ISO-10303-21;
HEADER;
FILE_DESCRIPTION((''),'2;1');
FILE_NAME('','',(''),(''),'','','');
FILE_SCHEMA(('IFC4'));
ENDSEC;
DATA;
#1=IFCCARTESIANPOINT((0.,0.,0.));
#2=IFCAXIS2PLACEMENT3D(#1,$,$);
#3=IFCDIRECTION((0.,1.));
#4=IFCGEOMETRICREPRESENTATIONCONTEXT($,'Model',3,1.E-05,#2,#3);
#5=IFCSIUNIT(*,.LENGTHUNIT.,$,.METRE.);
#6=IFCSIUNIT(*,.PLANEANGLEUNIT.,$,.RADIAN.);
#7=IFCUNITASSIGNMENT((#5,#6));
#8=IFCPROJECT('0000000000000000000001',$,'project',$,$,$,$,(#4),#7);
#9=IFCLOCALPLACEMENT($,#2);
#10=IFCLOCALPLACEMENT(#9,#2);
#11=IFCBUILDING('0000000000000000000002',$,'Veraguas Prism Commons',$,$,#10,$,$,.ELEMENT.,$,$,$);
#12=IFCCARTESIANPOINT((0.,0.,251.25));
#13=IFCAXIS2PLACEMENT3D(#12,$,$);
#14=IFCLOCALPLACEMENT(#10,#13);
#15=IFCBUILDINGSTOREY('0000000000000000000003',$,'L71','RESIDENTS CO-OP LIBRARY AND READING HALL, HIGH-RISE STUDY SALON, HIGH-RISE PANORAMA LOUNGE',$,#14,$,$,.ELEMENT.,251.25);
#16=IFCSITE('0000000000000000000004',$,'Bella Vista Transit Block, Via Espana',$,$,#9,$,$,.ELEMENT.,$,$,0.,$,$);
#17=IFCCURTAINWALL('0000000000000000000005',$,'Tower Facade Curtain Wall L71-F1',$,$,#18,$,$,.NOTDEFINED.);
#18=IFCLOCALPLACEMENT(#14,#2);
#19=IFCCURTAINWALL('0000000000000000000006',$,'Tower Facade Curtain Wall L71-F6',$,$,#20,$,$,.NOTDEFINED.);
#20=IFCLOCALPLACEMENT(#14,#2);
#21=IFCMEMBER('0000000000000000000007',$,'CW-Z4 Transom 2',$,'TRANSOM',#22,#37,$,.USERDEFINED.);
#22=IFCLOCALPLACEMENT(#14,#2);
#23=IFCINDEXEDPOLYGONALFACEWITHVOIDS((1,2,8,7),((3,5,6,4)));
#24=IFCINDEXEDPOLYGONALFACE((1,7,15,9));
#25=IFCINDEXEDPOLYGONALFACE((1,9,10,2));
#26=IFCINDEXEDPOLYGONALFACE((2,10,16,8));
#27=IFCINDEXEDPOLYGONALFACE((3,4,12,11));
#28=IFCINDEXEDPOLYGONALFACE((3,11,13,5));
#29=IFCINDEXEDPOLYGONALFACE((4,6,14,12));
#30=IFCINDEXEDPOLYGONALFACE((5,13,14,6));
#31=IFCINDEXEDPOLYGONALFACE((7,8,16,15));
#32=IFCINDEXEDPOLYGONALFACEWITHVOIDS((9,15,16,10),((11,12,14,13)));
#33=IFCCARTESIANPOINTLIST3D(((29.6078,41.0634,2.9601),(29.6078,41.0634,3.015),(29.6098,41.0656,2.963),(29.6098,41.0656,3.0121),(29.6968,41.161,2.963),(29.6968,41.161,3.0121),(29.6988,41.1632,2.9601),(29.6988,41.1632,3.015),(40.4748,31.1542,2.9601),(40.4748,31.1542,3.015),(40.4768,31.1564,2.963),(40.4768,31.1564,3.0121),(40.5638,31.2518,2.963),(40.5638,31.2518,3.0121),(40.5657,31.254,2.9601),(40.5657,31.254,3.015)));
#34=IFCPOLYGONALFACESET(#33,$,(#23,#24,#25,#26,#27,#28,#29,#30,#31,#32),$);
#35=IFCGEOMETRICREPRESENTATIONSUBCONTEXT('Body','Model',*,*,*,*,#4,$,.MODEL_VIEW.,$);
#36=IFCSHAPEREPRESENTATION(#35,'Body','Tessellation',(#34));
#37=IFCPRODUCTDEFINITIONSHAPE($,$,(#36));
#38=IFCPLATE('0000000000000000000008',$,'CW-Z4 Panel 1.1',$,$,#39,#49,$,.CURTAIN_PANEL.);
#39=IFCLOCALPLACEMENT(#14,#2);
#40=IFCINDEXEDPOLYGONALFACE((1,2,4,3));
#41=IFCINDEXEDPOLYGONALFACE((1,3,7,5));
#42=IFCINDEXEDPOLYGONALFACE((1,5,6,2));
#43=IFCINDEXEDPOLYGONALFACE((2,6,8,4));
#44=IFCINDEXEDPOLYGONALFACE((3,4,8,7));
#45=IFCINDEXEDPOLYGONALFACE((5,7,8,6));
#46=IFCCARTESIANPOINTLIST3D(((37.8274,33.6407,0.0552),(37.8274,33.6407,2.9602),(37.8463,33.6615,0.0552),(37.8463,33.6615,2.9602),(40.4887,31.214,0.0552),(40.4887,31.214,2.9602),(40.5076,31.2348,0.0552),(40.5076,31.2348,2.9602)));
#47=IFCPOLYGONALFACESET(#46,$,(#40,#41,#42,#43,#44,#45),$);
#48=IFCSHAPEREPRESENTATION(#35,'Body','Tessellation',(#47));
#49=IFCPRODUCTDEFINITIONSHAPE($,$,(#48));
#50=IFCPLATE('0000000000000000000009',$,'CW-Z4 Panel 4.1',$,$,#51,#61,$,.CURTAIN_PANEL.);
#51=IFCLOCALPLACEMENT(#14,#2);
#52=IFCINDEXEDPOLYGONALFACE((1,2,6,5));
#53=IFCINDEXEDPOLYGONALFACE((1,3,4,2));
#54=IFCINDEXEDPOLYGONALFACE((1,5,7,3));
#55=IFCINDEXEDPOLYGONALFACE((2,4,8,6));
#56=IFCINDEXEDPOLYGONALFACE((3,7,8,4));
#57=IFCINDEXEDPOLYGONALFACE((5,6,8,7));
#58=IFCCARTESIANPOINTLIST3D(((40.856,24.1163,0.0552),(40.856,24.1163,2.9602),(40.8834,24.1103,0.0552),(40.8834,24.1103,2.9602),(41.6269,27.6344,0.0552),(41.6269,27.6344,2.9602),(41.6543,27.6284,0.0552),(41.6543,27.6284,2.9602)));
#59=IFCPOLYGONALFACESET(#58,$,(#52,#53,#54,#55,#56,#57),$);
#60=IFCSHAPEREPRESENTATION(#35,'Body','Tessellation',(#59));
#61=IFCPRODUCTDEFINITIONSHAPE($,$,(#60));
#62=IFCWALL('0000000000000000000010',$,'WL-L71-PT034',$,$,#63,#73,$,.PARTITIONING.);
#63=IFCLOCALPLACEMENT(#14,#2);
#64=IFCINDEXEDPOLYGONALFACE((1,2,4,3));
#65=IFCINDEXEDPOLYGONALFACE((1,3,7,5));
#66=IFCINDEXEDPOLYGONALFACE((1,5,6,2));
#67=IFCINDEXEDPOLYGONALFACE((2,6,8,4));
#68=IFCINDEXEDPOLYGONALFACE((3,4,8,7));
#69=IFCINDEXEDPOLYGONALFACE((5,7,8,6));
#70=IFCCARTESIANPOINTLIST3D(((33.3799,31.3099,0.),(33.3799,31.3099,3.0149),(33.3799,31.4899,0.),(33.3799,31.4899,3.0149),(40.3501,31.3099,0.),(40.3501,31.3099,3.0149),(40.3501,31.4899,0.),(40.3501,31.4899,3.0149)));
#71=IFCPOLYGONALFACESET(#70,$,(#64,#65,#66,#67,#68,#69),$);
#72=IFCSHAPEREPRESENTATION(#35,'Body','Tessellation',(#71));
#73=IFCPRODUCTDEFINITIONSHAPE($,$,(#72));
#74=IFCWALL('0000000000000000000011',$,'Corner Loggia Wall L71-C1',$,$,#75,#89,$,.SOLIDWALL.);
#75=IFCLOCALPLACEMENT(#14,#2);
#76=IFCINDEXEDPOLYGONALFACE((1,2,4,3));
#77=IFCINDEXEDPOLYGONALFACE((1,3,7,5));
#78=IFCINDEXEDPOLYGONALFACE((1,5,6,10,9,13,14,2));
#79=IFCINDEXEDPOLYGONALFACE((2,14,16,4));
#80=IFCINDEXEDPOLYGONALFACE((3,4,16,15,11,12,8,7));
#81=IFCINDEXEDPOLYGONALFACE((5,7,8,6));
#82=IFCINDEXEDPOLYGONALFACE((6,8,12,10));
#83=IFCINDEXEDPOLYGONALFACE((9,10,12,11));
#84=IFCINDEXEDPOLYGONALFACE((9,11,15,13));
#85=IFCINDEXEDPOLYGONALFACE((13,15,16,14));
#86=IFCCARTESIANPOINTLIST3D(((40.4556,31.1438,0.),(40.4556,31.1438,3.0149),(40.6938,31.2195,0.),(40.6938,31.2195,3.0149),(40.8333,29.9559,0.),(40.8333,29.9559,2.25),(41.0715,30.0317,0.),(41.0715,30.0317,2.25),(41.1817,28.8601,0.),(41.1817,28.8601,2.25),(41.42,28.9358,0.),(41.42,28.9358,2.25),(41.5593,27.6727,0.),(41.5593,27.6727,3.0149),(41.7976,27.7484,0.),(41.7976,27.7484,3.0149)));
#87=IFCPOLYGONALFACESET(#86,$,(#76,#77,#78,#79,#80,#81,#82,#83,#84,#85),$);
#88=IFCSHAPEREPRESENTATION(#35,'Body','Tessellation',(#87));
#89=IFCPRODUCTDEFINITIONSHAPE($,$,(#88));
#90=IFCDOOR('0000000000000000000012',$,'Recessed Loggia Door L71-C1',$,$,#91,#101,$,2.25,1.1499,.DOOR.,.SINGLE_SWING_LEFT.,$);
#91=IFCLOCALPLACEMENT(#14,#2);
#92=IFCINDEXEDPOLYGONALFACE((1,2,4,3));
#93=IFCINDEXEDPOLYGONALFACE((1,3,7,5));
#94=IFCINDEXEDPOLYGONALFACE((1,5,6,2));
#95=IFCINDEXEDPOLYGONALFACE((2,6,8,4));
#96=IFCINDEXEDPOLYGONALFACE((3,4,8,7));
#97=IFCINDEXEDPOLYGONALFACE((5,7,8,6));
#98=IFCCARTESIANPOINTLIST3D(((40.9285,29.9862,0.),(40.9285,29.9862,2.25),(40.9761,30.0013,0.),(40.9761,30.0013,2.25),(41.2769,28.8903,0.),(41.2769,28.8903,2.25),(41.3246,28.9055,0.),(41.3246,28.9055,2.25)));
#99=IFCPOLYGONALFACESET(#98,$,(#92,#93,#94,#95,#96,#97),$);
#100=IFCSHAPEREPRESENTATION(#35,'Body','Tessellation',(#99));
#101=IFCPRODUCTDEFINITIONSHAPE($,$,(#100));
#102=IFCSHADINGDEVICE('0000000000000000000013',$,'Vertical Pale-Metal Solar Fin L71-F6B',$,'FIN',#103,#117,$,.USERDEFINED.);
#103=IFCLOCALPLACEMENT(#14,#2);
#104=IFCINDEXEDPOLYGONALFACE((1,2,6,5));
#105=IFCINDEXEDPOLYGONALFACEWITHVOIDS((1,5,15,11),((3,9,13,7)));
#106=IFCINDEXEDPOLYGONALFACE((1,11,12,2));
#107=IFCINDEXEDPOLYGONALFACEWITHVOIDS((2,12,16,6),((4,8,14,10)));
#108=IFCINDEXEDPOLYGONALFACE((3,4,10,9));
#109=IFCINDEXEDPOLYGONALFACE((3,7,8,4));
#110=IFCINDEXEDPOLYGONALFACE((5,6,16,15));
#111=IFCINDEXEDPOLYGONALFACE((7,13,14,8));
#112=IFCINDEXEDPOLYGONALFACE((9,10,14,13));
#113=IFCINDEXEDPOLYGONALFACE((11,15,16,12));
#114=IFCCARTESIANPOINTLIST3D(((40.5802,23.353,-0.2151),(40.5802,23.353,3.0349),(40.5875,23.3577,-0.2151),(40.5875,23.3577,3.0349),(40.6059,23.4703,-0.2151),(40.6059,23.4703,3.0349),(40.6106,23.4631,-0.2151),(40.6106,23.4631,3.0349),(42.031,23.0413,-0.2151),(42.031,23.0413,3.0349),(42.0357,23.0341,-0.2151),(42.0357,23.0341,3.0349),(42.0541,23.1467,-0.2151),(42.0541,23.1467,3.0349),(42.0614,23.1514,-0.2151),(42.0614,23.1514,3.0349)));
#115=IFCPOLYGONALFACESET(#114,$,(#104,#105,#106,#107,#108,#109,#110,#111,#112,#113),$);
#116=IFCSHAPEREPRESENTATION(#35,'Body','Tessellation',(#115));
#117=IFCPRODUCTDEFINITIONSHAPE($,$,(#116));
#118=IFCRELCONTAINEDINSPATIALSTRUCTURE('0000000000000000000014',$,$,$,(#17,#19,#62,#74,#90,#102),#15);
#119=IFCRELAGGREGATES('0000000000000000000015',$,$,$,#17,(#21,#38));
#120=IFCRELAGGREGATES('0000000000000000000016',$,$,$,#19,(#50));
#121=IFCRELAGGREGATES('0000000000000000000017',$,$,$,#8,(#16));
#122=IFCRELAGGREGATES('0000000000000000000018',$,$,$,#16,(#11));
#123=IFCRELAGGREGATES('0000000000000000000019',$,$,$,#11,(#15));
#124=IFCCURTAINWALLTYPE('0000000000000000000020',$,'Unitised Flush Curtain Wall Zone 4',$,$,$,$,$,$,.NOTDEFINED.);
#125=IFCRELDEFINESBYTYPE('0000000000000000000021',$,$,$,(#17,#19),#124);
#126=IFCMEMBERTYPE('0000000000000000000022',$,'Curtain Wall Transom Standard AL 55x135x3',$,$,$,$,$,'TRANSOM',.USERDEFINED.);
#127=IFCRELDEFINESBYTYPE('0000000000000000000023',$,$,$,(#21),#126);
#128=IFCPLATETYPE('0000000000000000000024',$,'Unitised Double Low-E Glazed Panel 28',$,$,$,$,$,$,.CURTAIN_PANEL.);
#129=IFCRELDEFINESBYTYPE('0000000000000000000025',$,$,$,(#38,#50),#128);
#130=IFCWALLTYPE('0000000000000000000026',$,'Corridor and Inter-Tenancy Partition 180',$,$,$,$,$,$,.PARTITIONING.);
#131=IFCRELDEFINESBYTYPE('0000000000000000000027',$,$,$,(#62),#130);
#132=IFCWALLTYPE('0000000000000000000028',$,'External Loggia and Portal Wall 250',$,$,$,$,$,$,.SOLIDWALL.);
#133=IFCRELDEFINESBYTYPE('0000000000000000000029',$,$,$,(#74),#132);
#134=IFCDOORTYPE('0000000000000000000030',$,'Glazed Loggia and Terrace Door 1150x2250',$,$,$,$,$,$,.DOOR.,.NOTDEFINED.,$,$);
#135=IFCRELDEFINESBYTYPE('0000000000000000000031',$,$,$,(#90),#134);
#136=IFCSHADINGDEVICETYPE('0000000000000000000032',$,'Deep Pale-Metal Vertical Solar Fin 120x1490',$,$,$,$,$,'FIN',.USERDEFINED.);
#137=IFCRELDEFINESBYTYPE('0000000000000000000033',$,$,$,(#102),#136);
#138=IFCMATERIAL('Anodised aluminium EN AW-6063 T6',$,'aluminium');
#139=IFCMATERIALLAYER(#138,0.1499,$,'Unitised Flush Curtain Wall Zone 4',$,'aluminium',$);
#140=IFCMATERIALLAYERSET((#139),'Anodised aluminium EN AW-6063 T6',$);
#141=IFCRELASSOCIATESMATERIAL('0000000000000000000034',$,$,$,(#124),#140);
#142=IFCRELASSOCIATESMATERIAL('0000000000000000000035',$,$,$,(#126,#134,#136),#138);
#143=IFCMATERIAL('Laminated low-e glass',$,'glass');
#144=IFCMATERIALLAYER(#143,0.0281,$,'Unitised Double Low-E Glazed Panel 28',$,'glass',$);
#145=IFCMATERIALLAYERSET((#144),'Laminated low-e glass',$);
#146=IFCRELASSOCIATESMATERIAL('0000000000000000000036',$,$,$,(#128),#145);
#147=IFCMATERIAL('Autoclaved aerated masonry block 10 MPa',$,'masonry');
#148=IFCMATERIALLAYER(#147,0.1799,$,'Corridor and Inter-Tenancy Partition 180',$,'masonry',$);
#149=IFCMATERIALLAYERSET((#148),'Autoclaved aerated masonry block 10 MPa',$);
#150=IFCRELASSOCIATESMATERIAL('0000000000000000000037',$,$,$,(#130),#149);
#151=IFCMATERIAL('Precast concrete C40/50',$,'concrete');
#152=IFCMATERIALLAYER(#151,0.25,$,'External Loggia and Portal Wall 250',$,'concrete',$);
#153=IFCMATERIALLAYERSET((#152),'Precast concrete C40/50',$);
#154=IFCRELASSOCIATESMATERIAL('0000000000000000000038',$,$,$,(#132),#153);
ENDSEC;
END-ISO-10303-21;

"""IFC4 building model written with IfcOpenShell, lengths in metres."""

from ifc_helpers import new_model, si_unit, direction, frame, frame_2d, origin, origin_2d, place, context, subcontext, project, spatial, rectangle, hollow_rectangle, extrude, source, transform, mapped, material, layer, layer_set, material_profile, profile_set, type_object, element, fill, aggregate, save


model = new_model("IFC4")

# Units and contexts
model_context = context("Model", 3, precision=1e-05, world=origin(), true_north=direction((0.0, 1.0)))
body_context = subcontext(model_context, "Body", "Model", "MODEL_VIEW")
ifc_project = project(units=[si_unit("LENGTHUNIT", "METRE"), si_unit("PLANEANGLEUNIT", "RADIAN")], contexts=[model_context])

# Site, building, storey
site_placement = place(None, origin())
site = spatial("IfcSite", under=ifc_project, at=site_placement, Name="Bella Vista Transit Block, Via Espana", CompositionType="ELEMENT", RefElevation=0.0)
building_placement = place(site_placement, origin())
building = spatial("IfcBuilding", under=site, at=building_placement, Name="Veraguas Prism Commons", CompositionType="ELEMENT")
storey_placement = place(building_placement, frame((0.0, 0.0, 251.25)))
storey = spatial("IfcBuildingStorey", under=building, at=storey_placement, Name="L71", Description="RESIDENTS CO-OP LIBRARY AND READING HALL, HIGH-RISE STUDY SALON, HIGH-RISE PANORAMA LOUNGE", CompositionType="ELEMENT", Elevation=251.25)

# Curtain wall
ifc_material_1 = material(Name="Anodised aluminium EN AW-6063 T6", Category="aluminium")
ifc_layer_1 = layer(ifc_material_1, 0.1499, Name="Unitised Flush Curtain Wall Zone 4", Category="aluminium")
ifc_layer_set_1 = layer_set([ifc_layer_1], Name="Anodised aluminium EN AW-6063 T6")
curtain_wall_type = type_object("IfcCurtainWallType", Name="Unitised Flush Curtain Wall Zone 4", PredefinedType="NOTDEFINED", material=ifc_layer_set_1)
curtain_wall_1_placement = place(storey_placement, origin())
curtain_wall_1 = element("IfcCurtainWall", 1, at=curtain_wall_1_placement, inside=storey, type_object=curtain_wall_type, Name="Tower Facade Curtain Wall L71-F1", PredefinedType="NOTDEFINED")

# Curtain wall
curtain_wall_2_placement = place(storey_placement, origin())
curtain_wall_2 = element("IfcCurtainWall", 2, at=curtain_wall_2_placement, inside=storey, type_object=curtain_wall_type, Name="Tower Facade Curtain Wall L71-F6", PredefinedType="NOTDEFINED")

# Member
ifc_material_profile_1 = material_profile(ifc_material_1, hollow_rectangle(XDim=0.0549, YDim=0.135, WallThickness=0.0029, at=origin_2d()), Name="AL55X135X3")
ifc_profile_set_1 = profile_set([ifc_material_profile_1], Name="Anodised aluminium EN AW-6063 T6")
member_type_1 = type_object("IfcMemberType", Name="Curtain Wall Transom Standard AL 55x135x3", ElementType="TRANSOM", PredefinedType="USERDEFINED", material=ifc_profile_set_1)
shared_shape_1 = source(origin(), body_context, "Body", "SweptSolid", [
    extrude(hollow_rectangle(XDim=0.0549, YDim=0.135, WallThickness=0.0029, at=origin_2d()), origin(), (0.0, 0.0, 1.0), 14.7065),
])
member_1_placement = place(storey_placement, frame((40.5203, 31.2041, 2.9875), z_axis=(-0.738919, 0.673794, 0.0), x_axis=(0.0, 0.0, 1.0)))
member_1 = element("IfcMember", 3, at=member_1_placement, type_object=member_type_1, Name="CW-Z4 Transom 2", ObjectType="TRANSOM", PredefinedType="USERDEFINED", context=body_context, shape_type="MappedRepresentation", body=[
    mapped(shared_shape_1, transform((0.0, 0.0, 0.0), scale=1.0)),
])

# Plates
ifc_material_2 = material(Name="Laminated low-e glass", Category="glass")
ifc_layer_2 = layer(ifc_material_2, 0.0281, Name="Unitised Double Low-E Glazed Panel 28", Category="glass")
ifc_layer_set_2 = layer_set([ifc_layer_2], Name="Laminated low-e glass")
plate_type = type_object("IfcPlateType", Name="Unitised Double Low-E Glazed Panel 28", PredefinedType="CURTAIN_PANEL", material=ifc_layer_set_2)
shared_shape_2 = source(origin(), body_context, "Body", "SweptSolid", [
    extrude(rectangle(XDim=3.6016, YDim=0.0281, at=origin_2d()), origin(), (0.0, 0.0, 1.0), 2.905),
])
plate_1_placement = place(storey_placement, frame((39.1675, 32.4377, 0.0552), z_axis=(0.0, 0.0, 1.0), x_axis=(-0.738926, 0.673787, 0.0)))
plate_1 = element("IfcPlate", 4, at=plate_1_placement, type_object=plate_type, Name="CW-Z4 Panel 1.1", PredefinedType="CURTAIN_PANEL", context=body_context, shape_type="MappedRepresentation", body=[
    mapped(shared_shape_2, transform((0.0, 0.0, 0.0), scale=1.0)),
])
aggregate(curtain_wall_1, [member_1, plate_1])
plate_2_placement = place(storey_placement, frame((41.2551, 25.8723, 0.0552), z_axis=(0.0, 0.0, 1.0), x_axis=(0.214053, 0.976822, 0.0)))
plate_2 = element("IfcPlate", 5, at=plate_2_placement, type_object=plate_type, Name="CW-Z4 Panel 4.1", PredefinedType="CURTAIN_PANEL", context=body_context, shape_type="MappedRepresentation", body=[
    mapped(shared_shape_2, transform((0.0, 0.0, 0.0), scale=1.0)),
])
aggregate(curtain_wall_2, [plate_2])

# Wall
ifc_material_3 = material(Name="Autoclaved aerated masonry block 10 MPa", Category="masonry")
ifc_layer_3 = layer(ifc_material_3, 0.1799, Name="Corridor and Inter-Tenancy Partition 180", Category="masonry")
ifc_layer_set_3 = layer_set([ifc_layer_3], Name="Autoclaved aerated masonry block 10 MPa")
wall_type_1 = type_object("IfcWallType", Name="Corridor and Inter-Tenancy Partition 180", PredefinedType="PARTITIONING", material=ifc_layer_set_3)
wall_1_placement = place(storey_placement, frame((33.3799, 31.3999, 0.0), z_axis=(0.0, 0.0, 1.0), x_axis=(1.0, 0.0, 0.0)))
element("IfcWall", 6, at=wall_1_placement, inside=storey, type_object=wall_type_1, Name="WL-L71-PT034", PredefinedType="PARTITIONING", context=body_context, shape_type="SweptSolid", body=[
    extrude(rectangle(XDim=6.9702, YDim=0.1799, at=frame_2d((3.4851, 0.0))), origin(), (0.0, 0.0, 1.0), 3.0149),
])

# Wall, opening, door
ifc_material_4 = material(Name="Precast concrete C40/50", Category="concrete")
ifc_layer_4 = layer(ifc_material_4, 0.25, Name="External Loggia and Portal Wall 250", Category="concrete")
ifc_layer_set_4 = layer_set([ifc_layer_4], Name="Precast concrete C40/50")
wall_type_2 = type_object("IfcWallType", Name="External Loggia and Portal Wall 250", PredefinedType="SOLIDWALL", material=ifc_layer_set_4)
wall_2_placement = place(storey_placement, frame((41.6785, 27.7104, 0.0), z_axis=(0.0, 0.0, 1.0), x_axis=(-0.303027, 0.952982, 0.0)))
wall_2 = element("IfcWall", 7, at=wall_2_placement, inside=storey, type_object=wall_type_2, Name="Corner Loggia Wall L71-C1", PredefinedType="SOLIDWALL", context=body_context, shape_type="SweptSolid", body=[
    extrude(rectangle(XDim=3.6423, YDim=0.25, at=frame_2d((1.8213, 0.0))), origin(), (0.0, 0.0, 1.0), 3.0149),
])
opening_placement = place(wall_2_placement, frame((1.2461, 0.0, 0.0)))
opening = element("IfcOpeningElement", 8, at=opening_placement, cuts=wall_2, PredefinedType="OPENING", context=body_context, shape_type="SweptSolid", body=[
    extrude(rectangle(XDim=1.1499, YDim=2.25, at=frame_2d((0.575, 1.125))), frame((0.0, 0.135, 0.0), z_axis=(0.0, -1.0, 0.0), x_axis=(1.0, 0.0, 0.0)), (0.0, 0.0, 1.0), 0.27),
])
door_type = type_object("IfcDoorType", Name="Glazed Loggia and Terrace Door 1150x2250", OperationType="NOTDEFINED", PredefinedType="DOOR", material=ifc_material_1)
shared_shape_3 = source(origin(), body_context, "Body", "SweptSolid", [
    extrude(rectangle(XDim=1.1499, YDim=2.25, at=frame_2d((0.575, 1.125))), frame((0.0, 0.0249, 0.0), z_axis=(0.0, -1.0, 0.0), x_axis=(1.0, 0.0, 0.0)), (0.0, 0.0, 1.0), 0.05),
])
door_placement = place(opening_placement, frame((1.1499, 0.0, 0.0), z_axis=(0.0, 0.0, 1.0), x_axis=(-1.0, 0.0, 0.0)))
door = element("IfcDoor", 9, at=door_placement, inside=storey, type_object=door_type, Name="Recessed Loggia Door L71-C1", OperationType="SINGLE_SWING_LEFT", OverallHeight=2.25, OverallWidth=1.1499, PredefinedType="DOOR", context=body_context, shape_type="MappedRepresentation", body=[
    mapped(shared_shape_3, transform((0.0, 0.0, 0.0), scale=1.0)),
])
fill(opening, door)

# Shading device
ifc_material_profile_2 = material_profile(ifc_material_1, hollow_rectangle(XDim=0.1201, YDim=1.49, WallThickness=0.0061, at=origin_2d()), Name="FIN120X1490X6")
ifc_profile_set_2 = profile_set([ifc_material_profile_2], Name="Anodised aluminium EN AW-6063 T6")
shading_device_type = type_object("IfcShadingDeviceType", Name="Deep Pale-Metal Vertical Solar Fin 120x1490", ElementType="FIN", PredefinedType="USERDEFINED", material=ifc_profile_set_2)
shading_device_placement = place(storey_placement, frame((41.3208, 23.2522, -0.2151), z_axis=(0.0, 0.0, 1.0), x_axis=(0.214048, 0.976823, 0.0)))
element("IfcShadingDevice", 10, at=shading_device_placement, inside=storey, type_object=shading_device_type, Name="Vertical Pale-Metal Solar Fin L71-F6B", ObjectType="FIN", PredefinedType="USERDEFINED", context=body_context, shape_type="SweptSolid", body=[
    extrude(hollow_rectangle(XDim=0.1201, YDim=1.49, WallThickness=0.0061, at=origin_2d()), origin(), (0.0, 0.0, 1.0), 3.25),
])

save(model, "model.ifc")
